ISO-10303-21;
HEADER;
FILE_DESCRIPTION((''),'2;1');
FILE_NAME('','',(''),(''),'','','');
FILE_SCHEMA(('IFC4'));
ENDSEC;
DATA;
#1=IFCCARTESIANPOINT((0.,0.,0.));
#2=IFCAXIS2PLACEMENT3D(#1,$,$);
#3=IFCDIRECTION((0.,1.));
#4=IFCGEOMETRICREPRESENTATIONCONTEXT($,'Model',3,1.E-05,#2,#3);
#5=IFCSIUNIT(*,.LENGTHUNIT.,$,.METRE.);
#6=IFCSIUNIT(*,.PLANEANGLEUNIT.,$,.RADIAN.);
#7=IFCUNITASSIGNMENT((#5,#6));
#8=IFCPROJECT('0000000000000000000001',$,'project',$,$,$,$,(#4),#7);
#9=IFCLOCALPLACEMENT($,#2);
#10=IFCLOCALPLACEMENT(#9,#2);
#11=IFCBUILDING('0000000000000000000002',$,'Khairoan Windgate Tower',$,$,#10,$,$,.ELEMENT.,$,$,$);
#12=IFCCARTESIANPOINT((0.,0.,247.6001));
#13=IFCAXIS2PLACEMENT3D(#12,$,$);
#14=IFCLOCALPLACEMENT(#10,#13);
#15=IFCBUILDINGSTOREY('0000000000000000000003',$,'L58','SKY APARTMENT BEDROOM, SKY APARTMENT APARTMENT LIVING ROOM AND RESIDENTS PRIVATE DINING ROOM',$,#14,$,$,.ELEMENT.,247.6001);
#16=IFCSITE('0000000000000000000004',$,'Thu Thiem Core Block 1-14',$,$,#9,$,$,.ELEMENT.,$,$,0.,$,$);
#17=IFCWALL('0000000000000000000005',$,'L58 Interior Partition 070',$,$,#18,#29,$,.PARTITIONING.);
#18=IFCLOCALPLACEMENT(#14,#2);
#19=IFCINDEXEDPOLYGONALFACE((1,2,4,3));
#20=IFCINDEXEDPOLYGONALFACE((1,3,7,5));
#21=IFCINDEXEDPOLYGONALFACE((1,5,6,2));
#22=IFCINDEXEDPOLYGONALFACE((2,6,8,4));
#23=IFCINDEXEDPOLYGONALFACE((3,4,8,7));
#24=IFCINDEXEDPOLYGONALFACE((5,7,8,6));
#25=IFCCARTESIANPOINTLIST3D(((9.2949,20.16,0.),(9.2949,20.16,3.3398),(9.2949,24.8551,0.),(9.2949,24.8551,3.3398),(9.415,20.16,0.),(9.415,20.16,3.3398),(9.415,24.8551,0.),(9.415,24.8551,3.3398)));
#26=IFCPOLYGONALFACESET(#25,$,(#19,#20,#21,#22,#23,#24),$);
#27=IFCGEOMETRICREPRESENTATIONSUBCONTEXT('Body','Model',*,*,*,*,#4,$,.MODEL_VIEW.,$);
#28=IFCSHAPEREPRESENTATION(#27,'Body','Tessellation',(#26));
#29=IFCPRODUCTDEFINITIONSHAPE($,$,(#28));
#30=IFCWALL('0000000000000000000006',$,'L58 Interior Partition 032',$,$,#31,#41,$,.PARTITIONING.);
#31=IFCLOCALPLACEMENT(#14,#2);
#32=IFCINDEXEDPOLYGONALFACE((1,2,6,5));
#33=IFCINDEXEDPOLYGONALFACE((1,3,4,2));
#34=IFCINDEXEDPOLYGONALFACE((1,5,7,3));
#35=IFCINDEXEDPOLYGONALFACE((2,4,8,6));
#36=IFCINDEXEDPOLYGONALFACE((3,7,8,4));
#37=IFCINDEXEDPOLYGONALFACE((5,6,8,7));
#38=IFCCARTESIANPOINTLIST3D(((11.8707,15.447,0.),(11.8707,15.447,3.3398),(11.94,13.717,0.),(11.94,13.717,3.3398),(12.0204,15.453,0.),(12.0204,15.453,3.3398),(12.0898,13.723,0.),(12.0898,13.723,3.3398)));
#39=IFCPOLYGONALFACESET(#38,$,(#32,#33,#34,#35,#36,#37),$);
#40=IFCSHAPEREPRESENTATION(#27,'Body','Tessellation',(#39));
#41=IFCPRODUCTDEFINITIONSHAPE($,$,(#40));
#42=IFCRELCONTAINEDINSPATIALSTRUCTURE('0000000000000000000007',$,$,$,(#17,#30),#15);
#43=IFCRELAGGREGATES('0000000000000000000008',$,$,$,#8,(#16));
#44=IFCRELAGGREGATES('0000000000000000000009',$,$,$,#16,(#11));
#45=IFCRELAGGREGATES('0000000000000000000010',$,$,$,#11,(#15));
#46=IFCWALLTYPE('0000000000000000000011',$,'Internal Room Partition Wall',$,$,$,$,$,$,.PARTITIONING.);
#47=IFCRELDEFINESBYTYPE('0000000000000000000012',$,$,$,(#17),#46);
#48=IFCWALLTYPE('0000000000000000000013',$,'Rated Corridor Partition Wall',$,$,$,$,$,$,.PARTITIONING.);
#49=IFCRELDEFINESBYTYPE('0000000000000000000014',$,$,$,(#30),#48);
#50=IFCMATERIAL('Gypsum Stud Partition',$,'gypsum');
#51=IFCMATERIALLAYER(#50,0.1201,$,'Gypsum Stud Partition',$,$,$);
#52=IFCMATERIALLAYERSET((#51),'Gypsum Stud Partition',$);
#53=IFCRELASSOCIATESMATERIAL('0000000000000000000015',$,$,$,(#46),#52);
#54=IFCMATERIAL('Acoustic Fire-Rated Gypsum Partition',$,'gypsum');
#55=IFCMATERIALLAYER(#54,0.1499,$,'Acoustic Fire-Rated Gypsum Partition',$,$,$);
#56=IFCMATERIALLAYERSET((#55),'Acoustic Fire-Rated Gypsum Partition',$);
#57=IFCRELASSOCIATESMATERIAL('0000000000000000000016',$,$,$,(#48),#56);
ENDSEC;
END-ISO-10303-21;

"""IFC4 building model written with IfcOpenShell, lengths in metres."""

from ifc_helpers import new_model, si_unit, direction, frame, frame_2d, origin, place, context, subcontext, project, spatial, rectangle, extrude, material, layer, layer_set, type_object, element, save


model = new_model("IFC4")

# Units and contexts
model_context = context("Model", 3, precision=1e-05, world=origin(), true_north=direction((0.0, 1.0)))
body_context = subcontext(model_context, "Body", "Model", "MODEL_VIEW")
ifc_project = project(units=[si_unit("LENGTHUNIT", "METRE"), si_unit("PLANEANGLEUNIT", "RADIAN")], contexts=[model_context])

# Site, building, storey
site_placement = place(None, origin())
site = spatial("IfcSite", under=ifc_project, at=site_placement, Name="Thu Thiem Core Block 1-14", CompositionType="ELEMENT", RefElevation=0.0)
building_placement = place(site_placement, origin())
building = spatial("IfcBuilding", under=site, at=building_placement, Name="Khairoan Windgate Tower", CompositionType="ELEMENT")
storey_placement = place(building_placement, frame((0.0, 0.0, 247.6001)))
storey = spatial("IfcBuildingStorey", under=building, at=storey_placement, Name="L58", Description="SKY APARTMENT BEDROOM, SKY APARTMENT APARTMENT LIVING ROOM AND RESIDENTS PRIVATE DINING ROOM", CompositionType="ELEMENT", Elevation=247.6001)

# Walls
ifc_material_1 = material(Name="Gypsum Stud Partition", Category="gypsum")
ifc_layer_1 = layer(ifc_material_1, 0.1201, Name="Gypsum Stud Partition")
ifc_layer_set_1 = layer_set([ifc_layer_1], Name="Gypsum Stud Partition")
wall_type_1 = type_object("IfcWallType", Name="Internal Room Partition Wall", PredefinedType="PARTITIONING", material=ifc_layer_set_1)
wall_1_placement = place(storey_placement, frame((9.355, 20.1599, 0.0), z_axis=(0.0, 0.0, 1.0), x_axis=(0.0, 1.0, 0.0)))
element("IfcWall", 1, at=wall_1_placement, inside=storey, type_object=wall_type_1, Name="L58 Interior Partition 070", PredefinedType="PARTITIONING", context=body_context, shape_type="SweptSolid", body=[
    extrude(rectangle(XDim=4.6951, YDim=0.1201, at=frame_2d((2.3477, 0.0))), origin(), (0.0, 0.0, 1.0), 3.3398),
])
ifc_material_2 = material(Name="Acoustic Fire-Rated Gypsum Partition", Category="gypsum")
ifc_layer_2 = layer(ifc_material_2, 0.1499, Name="Acoustic Fire-Rated Gypsum Partition")
ifc_layer_set_2 = layer_set([ifc_layer_2], Name="Acoustic Fire-Rated Gypsum Partition")
wall_type_2 = type_object("IfcWallType", Name="Rated Corridor Partition Wall", PredefinedType="PARTITIONING", material=ifc_layer_set_2)
wall_2_placement = place(storey_placement, frame((12.0149, 13.72, 0.0), z_axis=(0.0, 0.0, 1.0), x_axis=(-0.040047, 0.999198, 0.0)))
element("IfcWall", 2, at=wall_2_placement, inside=storey, type_object=wall_type_2, Name="L58 Interior Partition 032", PredefinedType="PARTITIONING", context=body_context, shape_type="SweptSolid", body=[
    extrude(rectangle(XDim=1.7314, YDim=0.1499, at=frame_2d((0.8657, 0.0))), origin(), (0.0, 0.0, 1.0), 3.3398),
])

save(model, "model.ifc")
